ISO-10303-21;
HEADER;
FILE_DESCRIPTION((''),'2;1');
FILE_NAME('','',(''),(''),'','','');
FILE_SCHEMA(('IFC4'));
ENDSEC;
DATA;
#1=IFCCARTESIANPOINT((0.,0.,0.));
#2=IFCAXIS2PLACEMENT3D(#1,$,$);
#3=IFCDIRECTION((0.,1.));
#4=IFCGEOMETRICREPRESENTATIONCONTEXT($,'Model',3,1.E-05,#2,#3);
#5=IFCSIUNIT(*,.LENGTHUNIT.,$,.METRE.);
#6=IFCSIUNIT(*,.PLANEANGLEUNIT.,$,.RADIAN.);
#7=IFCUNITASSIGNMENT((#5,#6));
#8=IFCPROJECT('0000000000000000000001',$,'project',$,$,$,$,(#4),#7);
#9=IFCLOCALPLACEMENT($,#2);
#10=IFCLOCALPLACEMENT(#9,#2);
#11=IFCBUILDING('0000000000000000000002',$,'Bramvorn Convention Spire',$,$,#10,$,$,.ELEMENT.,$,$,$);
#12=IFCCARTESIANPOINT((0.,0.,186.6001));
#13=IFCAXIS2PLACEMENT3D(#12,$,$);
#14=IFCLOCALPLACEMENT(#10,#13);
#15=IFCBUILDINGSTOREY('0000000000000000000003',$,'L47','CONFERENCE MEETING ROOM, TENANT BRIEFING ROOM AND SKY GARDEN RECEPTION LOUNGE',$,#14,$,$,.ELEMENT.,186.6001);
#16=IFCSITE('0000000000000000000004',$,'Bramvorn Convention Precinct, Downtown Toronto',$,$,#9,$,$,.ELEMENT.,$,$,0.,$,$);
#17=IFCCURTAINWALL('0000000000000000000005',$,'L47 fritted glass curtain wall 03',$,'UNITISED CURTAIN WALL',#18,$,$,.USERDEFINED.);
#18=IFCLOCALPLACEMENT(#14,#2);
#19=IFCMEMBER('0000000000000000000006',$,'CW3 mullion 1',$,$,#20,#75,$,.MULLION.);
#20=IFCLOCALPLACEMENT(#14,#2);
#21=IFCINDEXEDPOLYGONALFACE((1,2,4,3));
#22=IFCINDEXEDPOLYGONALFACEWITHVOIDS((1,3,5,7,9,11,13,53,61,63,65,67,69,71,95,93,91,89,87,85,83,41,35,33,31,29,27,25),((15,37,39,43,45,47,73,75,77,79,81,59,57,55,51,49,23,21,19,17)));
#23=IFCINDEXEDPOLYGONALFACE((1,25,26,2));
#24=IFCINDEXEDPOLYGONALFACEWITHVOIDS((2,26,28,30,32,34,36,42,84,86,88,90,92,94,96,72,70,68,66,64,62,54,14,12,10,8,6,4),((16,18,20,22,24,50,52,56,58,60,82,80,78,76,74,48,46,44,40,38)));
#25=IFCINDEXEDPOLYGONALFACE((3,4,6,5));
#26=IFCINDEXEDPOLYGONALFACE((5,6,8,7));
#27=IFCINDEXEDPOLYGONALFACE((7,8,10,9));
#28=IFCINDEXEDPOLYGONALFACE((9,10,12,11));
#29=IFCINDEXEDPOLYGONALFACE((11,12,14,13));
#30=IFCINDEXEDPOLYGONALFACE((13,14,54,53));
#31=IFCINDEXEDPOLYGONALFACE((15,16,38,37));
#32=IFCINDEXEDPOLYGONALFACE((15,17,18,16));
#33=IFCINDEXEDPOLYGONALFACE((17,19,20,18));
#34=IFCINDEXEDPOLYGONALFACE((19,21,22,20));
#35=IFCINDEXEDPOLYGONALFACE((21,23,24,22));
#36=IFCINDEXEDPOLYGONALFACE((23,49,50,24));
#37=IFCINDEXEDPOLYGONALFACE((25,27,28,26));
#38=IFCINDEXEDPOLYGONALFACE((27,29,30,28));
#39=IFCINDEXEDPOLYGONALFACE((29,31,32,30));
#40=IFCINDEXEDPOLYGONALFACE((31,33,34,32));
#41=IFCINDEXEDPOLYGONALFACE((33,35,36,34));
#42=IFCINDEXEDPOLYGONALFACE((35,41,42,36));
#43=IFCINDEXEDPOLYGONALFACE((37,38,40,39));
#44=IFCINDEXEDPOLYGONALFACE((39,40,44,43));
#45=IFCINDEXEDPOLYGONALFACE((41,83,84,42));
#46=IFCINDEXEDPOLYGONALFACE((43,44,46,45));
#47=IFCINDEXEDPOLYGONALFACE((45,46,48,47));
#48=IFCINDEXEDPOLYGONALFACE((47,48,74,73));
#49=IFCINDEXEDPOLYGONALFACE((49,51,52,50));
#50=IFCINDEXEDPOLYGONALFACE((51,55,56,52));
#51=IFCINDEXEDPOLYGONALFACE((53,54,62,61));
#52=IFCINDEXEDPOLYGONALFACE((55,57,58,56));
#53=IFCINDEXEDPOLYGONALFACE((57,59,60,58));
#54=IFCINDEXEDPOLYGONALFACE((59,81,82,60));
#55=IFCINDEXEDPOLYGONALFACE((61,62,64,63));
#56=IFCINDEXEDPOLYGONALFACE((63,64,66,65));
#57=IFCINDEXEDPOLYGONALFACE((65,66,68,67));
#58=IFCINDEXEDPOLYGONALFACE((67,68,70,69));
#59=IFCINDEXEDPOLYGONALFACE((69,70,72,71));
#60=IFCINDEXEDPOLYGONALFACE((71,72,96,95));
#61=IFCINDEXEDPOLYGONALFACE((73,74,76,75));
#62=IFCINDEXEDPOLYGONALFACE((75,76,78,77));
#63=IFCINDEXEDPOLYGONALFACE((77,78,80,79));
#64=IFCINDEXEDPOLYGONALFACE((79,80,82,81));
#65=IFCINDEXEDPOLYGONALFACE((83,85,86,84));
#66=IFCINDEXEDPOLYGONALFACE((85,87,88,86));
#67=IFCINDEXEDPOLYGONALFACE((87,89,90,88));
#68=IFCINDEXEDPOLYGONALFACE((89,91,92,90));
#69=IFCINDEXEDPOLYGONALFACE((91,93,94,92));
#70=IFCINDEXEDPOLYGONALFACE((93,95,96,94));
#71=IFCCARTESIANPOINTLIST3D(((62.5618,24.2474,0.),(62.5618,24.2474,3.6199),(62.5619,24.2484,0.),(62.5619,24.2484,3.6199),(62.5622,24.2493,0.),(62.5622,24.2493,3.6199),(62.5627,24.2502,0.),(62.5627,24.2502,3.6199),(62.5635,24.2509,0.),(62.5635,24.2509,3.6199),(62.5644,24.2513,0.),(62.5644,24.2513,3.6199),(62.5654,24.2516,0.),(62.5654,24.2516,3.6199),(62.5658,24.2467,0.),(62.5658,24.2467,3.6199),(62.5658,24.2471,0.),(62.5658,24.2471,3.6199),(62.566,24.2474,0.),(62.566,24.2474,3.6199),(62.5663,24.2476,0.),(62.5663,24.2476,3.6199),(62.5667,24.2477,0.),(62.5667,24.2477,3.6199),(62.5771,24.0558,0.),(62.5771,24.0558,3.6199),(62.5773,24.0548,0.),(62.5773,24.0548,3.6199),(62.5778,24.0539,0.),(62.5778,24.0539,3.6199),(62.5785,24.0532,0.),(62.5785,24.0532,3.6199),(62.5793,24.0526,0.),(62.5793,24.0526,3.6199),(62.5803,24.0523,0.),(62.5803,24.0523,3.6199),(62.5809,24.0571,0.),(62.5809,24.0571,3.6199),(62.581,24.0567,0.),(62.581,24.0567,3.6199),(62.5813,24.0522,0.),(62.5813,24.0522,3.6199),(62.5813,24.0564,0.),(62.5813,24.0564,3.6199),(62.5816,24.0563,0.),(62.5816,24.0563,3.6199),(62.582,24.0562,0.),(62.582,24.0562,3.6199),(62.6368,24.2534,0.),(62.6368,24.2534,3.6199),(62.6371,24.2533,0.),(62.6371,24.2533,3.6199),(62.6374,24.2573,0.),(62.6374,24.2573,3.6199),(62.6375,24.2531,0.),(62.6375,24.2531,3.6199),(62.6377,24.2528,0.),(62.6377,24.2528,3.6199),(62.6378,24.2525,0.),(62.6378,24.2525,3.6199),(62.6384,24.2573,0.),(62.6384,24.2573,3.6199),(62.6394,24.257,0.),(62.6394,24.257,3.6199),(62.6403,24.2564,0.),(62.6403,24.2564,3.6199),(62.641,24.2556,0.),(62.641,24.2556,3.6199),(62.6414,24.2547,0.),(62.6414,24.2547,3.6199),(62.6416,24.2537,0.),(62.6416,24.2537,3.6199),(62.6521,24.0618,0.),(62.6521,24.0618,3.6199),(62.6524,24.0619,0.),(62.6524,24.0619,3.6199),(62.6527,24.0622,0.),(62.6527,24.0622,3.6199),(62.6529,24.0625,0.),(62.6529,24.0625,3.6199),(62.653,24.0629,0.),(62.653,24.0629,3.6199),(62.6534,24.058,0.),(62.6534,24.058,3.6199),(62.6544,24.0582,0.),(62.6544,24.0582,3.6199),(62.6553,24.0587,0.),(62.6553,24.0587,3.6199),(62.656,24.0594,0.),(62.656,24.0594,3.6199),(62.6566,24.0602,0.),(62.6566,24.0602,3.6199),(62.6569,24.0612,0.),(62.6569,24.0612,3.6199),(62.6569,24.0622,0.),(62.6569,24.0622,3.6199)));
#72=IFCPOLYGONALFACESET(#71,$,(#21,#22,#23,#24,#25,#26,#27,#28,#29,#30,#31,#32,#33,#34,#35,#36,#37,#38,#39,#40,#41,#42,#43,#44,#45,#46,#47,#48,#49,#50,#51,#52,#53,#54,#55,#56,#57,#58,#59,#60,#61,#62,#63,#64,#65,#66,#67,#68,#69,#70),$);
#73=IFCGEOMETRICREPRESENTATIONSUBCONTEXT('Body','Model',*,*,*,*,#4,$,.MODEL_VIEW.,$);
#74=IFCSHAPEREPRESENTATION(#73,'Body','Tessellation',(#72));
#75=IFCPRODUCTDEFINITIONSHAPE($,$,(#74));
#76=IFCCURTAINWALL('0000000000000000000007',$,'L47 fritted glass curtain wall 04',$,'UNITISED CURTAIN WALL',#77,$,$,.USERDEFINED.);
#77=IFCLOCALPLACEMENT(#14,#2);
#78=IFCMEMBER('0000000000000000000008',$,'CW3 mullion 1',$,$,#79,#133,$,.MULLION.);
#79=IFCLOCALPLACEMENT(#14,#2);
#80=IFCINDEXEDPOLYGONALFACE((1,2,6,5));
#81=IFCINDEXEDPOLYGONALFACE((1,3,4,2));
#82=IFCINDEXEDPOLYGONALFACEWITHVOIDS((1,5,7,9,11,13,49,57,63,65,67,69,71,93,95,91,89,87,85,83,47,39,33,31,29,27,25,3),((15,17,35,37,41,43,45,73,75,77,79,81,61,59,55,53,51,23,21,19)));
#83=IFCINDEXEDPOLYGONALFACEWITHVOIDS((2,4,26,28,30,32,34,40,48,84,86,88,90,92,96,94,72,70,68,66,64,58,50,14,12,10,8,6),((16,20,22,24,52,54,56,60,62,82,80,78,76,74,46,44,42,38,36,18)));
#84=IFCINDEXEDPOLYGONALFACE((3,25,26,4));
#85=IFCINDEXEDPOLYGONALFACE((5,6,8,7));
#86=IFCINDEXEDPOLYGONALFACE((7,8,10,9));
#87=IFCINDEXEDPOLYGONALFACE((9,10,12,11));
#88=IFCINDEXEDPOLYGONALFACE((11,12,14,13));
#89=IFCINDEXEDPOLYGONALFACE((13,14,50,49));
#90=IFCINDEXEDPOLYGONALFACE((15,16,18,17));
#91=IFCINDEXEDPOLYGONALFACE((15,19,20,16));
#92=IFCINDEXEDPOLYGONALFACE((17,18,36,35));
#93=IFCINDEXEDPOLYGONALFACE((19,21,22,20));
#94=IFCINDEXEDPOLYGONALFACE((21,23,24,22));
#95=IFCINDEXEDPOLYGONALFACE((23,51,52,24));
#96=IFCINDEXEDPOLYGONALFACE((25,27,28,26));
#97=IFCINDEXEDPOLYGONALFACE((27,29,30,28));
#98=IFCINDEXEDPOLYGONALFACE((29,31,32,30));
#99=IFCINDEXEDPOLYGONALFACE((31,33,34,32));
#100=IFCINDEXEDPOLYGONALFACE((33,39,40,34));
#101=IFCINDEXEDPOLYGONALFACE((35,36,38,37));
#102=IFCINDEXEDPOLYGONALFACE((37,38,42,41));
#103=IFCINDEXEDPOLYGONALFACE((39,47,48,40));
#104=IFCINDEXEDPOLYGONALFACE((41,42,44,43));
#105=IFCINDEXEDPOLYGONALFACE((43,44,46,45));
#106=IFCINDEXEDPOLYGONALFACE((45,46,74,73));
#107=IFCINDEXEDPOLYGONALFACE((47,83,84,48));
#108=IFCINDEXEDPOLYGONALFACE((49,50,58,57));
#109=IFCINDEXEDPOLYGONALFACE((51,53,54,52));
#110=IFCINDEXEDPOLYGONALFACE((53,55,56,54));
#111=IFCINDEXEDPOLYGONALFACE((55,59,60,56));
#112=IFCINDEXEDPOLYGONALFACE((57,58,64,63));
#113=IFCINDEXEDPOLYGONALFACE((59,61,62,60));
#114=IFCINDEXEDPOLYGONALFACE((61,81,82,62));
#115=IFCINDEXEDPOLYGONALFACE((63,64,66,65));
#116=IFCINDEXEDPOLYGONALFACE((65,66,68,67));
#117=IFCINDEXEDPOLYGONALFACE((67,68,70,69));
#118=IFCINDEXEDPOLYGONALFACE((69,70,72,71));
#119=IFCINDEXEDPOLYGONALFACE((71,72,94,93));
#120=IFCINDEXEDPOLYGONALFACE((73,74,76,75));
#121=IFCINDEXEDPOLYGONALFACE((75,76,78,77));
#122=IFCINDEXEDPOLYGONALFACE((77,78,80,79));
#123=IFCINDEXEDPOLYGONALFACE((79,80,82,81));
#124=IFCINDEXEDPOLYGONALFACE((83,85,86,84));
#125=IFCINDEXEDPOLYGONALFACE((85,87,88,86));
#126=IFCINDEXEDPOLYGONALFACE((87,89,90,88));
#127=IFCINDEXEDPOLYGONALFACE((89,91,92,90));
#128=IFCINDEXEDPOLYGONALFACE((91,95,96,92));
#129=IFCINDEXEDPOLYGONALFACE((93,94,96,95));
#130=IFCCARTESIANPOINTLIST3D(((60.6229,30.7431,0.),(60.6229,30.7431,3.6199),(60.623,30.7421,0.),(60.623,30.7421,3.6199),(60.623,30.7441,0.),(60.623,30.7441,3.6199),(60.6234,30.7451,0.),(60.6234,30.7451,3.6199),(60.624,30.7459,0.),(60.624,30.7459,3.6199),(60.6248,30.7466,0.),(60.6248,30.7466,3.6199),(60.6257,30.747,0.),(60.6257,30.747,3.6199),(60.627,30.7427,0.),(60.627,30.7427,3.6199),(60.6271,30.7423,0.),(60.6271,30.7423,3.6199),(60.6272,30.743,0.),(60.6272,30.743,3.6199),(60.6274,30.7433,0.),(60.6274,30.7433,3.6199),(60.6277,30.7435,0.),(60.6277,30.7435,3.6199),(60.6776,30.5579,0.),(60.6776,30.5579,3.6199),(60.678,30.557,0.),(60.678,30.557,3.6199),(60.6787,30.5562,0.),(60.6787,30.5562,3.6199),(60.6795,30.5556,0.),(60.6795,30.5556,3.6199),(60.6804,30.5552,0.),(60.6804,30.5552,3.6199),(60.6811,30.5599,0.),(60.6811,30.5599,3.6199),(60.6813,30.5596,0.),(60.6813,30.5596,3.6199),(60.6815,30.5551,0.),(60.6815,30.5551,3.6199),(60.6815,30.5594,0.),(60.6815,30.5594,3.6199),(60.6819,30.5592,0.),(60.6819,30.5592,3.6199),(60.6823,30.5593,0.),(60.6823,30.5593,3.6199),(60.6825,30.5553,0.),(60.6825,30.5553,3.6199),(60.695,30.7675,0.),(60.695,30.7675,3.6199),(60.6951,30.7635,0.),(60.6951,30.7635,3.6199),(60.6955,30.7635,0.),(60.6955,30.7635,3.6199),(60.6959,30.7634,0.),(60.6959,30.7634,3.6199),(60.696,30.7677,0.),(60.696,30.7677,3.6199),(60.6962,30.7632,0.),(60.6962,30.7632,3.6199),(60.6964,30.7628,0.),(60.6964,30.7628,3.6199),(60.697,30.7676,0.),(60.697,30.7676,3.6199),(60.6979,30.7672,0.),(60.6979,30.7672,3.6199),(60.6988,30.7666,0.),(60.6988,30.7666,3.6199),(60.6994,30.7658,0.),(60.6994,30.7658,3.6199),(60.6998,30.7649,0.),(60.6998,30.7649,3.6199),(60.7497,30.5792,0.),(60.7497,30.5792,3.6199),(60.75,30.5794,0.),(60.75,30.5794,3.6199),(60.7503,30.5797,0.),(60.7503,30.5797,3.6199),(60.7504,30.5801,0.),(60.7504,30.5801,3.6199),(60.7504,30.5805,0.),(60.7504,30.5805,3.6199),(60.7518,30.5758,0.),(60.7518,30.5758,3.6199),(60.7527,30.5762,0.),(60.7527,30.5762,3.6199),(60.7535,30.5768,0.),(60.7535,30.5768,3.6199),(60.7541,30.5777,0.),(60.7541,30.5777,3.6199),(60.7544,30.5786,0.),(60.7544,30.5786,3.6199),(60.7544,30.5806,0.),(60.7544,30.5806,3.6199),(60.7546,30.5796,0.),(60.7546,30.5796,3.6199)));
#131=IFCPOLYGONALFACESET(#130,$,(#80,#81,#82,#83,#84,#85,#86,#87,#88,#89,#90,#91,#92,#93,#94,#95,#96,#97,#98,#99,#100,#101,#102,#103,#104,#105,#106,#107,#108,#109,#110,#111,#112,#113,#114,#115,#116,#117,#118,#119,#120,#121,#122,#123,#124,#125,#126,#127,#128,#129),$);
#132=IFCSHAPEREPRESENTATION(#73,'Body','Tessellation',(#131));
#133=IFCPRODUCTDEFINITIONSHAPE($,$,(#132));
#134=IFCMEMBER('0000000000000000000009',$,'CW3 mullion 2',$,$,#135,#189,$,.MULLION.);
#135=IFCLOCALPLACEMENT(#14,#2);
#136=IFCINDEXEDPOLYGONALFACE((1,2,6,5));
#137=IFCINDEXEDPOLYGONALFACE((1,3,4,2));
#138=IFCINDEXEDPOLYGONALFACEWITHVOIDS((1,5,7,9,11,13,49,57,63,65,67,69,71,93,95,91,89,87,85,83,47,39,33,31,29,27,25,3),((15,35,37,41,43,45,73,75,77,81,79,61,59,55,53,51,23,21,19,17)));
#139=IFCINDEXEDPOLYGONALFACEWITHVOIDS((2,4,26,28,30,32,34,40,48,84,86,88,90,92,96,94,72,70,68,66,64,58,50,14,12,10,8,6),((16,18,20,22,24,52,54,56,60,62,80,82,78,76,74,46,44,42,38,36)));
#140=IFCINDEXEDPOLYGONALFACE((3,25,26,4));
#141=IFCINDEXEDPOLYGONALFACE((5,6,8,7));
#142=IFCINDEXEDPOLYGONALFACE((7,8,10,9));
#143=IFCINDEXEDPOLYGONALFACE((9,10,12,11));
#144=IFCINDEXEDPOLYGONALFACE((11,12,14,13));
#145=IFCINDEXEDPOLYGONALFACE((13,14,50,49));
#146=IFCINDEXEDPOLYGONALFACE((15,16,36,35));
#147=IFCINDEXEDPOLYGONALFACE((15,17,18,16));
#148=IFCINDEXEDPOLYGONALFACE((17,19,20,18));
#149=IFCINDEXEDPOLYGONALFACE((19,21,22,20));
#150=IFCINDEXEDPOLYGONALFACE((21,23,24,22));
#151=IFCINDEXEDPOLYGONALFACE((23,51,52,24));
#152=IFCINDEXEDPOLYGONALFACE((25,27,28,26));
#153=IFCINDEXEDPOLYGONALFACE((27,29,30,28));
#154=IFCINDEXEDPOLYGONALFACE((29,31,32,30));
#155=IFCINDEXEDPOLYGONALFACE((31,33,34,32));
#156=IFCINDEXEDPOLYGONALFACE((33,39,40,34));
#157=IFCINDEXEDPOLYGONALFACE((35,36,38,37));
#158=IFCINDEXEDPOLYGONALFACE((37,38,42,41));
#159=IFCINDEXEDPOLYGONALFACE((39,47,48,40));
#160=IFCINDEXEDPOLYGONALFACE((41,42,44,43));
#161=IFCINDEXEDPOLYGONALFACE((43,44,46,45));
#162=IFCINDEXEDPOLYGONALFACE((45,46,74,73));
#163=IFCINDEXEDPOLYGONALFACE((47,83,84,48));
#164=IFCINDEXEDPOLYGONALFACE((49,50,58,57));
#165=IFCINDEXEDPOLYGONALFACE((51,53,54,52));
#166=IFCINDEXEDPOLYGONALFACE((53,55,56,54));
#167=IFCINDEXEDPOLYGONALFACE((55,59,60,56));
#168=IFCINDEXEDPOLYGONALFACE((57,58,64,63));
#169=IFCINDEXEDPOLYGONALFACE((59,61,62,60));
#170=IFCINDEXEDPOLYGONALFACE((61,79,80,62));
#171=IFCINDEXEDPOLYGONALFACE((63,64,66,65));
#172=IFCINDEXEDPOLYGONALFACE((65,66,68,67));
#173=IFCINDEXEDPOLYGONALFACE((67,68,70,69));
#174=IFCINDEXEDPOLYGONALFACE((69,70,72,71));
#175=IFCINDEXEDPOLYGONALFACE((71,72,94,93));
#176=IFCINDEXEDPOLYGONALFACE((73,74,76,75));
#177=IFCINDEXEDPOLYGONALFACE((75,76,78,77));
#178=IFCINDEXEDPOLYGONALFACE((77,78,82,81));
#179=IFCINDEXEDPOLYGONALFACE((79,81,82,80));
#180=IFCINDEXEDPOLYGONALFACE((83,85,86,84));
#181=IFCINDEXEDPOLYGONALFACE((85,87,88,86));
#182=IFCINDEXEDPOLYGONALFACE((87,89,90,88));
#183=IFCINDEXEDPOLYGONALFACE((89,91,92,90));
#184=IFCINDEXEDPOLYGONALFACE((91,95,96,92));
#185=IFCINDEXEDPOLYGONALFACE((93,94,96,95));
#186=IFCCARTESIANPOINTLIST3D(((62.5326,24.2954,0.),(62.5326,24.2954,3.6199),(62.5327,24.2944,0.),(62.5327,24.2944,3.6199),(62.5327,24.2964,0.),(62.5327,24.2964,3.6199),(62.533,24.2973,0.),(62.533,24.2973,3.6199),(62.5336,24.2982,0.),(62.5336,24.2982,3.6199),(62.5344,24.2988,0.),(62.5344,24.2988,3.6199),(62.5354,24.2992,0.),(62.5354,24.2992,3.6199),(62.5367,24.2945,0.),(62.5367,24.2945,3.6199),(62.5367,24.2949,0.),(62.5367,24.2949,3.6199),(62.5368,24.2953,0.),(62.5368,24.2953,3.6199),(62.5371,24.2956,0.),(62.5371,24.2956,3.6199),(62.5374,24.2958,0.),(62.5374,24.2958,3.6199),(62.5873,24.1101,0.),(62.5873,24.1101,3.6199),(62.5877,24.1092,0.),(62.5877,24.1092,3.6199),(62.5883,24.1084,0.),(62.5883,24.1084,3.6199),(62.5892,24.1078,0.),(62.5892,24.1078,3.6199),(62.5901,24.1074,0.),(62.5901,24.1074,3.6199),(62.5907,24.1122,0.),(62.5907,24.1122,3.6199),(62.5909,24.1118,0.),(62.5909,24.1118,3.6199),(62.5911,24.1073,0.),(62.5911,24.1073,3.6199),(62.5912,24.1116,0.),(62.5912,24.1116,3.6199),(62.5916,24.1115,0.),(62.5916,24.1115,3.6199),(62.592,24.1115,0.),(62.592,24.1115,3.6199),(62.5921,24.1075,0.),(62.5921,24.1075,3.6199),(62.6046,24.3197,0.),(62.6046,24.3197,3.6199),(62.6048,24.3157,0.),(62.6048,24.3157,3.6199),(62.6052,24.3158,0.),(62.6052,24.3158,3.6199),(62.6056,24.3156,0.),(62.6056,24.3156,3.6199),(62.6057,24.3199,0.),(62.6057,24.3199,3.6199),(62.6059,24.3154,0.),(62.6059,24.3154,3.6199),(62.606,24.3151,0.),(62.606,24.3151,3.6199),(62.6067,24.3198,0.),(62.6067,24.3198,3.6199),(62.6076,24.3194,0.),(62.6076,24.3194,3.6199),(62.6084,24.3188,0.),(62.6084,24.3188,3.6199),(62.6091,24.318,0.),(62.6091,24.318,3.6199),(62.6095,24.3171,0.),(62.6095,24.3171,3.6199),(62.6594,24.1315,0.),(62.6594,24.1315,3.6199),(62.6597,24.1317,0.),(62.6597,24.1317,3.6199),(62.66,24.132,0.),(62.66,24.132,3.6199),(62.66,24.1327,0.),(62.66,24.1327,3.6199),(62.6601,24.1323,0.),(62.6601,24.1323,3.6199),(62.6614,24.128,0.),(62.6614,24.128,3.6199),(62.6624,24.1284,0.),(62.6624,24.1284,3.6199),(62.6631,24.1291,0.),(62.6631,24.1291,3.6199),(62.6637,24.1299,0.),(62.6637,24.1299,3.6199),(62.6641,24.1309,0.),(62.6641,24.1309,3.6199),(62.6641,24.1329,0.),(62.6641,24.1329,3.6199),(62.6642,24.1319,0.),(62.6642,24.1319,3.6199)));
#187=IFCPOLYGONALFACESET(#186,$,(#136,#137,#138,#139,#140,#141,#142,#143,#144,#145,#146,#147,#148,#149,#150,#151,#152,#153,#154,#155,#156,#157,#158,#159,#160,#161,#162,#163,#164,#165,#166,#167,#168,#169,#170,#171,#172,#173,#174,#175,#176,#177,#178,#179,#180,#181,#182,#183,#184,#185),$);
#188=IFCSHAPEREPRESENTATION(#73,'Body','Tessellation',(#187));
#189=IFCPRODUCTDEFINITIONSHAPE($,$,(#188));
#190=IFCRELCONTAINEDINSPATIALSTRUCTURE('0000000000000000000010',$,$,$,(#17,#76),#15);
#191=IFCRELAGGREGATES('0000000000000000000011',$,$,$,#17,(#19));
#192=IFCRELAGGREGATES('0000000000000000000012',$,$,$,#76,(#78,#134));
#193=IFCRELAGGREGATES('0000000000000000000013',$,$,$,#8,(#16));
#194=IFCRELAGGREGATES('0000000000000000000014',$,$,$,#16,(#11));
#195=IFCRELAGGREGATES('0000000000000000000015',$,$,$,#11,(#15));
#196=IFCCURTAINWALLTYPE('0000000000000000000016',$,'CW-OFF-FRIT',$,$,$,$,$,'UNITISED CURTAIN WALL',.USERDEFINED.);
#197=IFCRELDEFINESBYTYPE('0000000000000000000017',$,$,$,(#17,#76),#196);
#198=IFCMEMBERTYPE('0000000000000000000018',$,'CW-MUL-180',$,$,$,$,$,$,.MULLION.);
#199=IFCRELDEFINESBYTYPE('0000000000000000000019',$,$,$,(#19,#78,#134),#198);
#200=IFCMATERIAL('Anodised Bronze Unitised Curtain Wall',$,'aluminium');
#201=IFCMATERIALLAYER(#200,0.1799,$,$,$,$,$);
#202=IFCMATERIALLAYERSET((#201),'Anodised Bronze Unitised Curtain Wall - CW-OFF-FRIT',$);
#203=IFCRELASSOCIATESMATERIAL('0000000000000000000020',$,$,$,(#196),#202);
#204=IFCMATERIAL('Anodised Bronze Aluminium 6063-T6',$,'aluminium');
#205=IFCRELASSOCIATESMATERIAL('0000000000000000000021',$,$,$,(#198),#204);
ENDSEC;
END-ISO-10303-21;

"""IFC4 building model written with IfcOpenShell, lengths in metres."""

from ifc_helpers import new_model, si_unit, direction, frame, origin, origin_2d, place, context, subcontext, project, spatial, hollow_rectangle, extrude, material, layer, layer_set, material_profile, profile_set, type_object, element, aggregate, save


model = new_model("IFC4")

# Units and contexts
model_context = context("Model", 3, precision=1e-05, world=origin(), true_north=direction((0.0, 1.0)))
body_context = subcontext(model_context, "Body", "Model", "MODEL_VIEW")
ifc_project = project(units=[si_unit("LENGTHUNIT", "METRE"), si_unit("PLANEANGLEUNIT", "RADIAN")], contexts=[model_context])

# Site, building, storey
site_placement = place(None, origin())
site = spatial("IfcSite", under=ifc_project, at=site_placement, Name="Bramvorn Convention Precinct, Downtown Toronto", CompositionType="ELEMENT", RefElevation=0.0)
building_placement = place(site_placement, origin())
building = spatial("IfcBuilding", under=site, at=building_placement, Name="Bramvorn Convention Spire", CompositionType="ELEMENT")
storey_placement = place(building_placement, frame((0.0, 0.0, 186.6001)))
storey = spatial("IfcBuildingStorey", under=building, at=storey_placement, Name="L47", Description="CONFERENCE MEETING ROOM, TENANT BRIEFING ROOM AND SKY GARDEN RECEPTION LOUNGE", CompositionType="ELEMENT", Elevation=186.6001)

# Curtain wall, member
ifc_material_1 = material(Name="Anodised Bronze Unitised Curtain Wall", Category="aluminium")
ifc_layer_1 = layer(ifc_material_1, 0.1799)
ifc_layer_set_1 = layer_set([ifc_layer_1], Name="Anodised Bronze Unitised Curtain Wall - CW-OFF-FRIT")
curtain_wall_type = type_object("IfcCurtainWallType", Name="CW-OFF-FRIT", ElementType="UNITISED CURTAIN WALL", PredefinedType="USERDEFINED", material=ifc_layer_set_1)
curtain_wall_1_placement = place(storey_placement, origin())
curtain_wall_1 = element("IfcCurtainWall", 1, at=curtain_wall_1_placement, inside=storey, type_object=curtain_wall_type, Name="L47 fritted glass curtain wall 03", ObjectType="UNITISED CURTAIN WALL", PredefinedType="USERDEFINED")
ifc_material_2 = material(Name="Anodised Bronze Aluminium 6063-T6", Category="aluminium")
ifc_material_profile_1 = material_profile(ifc_material_2, hollow_rectangle(XDim=0.0801, YDim=0.2, WallThickness=0.0039, InnerFilletRadius=0.001, OuterFilletRadius=0.0039, at=origin_2d()))
ifc_profile_set_1 = profile_set([ifc_material_profile_1], Name="Anodised Bronze Aluminium 6063-T6 - CWM80X200")
member_type_1 = type_object("IfcMemberType", Name="CW-MUL-180", PredefinedType="MULLION", material=ifc_profile_set_1)
member_1_placement = place(storey_placement, frame((62.6094, 24.1548, 0.0), z_axis=(0.0, 0.0, 1.0), x_axis=(0.996819, 0.079694, 0.0)))
member_1 = element("IfcMember", 2, at=member_1_placement, type_object=member_type_1, Name="CW3 mullion 1", PredefinedType="MULLION", context=body_context, shape_type="SweptSolid", body=[
    extrude(hollow_rectangle(XDim=0.0801, YDim=0.2, WallThickness=0.0039, InnerFilletRadius=0.001, OuterFilletRadius=0.0039, at=origin_2d()), origin(), (0.0, 0.0, 1.0), 3.6199),
])

# Curtain wall, members
curtain_wall_2_placement = place(storey_placement, origin())
curtain_wall_2 = element("IfcCurtainWall", 3, at=curtain_wall_2_placement, inside=storey, type_object=curtain_wall_type, Name="L47 fritted glass curtain wall 04", ObjectType="UNITISED CURTAIN WALL", PredefinedType="USERDEFINED")
member_2_placement = place(storey_placement, frame((60.6887, 30.6614, 0.0), z_axis=(0.0, 0.0, 1.0), x_axis=(0.958834, 0.283967, 0.0)))
member_2 = element("IfcMember", 4, at=member_2_placement, type_object=member_type_1, Name="CW3 mullion 1", PredefinedType="MULLION", context=body_context, shape_type="SweptSolid", body=[
    extrude(hollow_rectangle(XDim=0.0801, YDim=0.2, WallThickness=0.0039, InnerFilletRadius=0.001, OuterFilletRadius=0.0039, at=origin_2d()), origin(), (0.0, 0.0, 1.0), 3.6199),
])
member_3_placement = place(storey_placement, frame((62.5984, 24.2136, 0.0), z_axis=(0.0, 0.0, 1.0), x_axis=(0.958834, 0.283967, 0.0)))
member_3 = element("IfcMember", 5, at=member_3_placement, type_object=member_type_1, Name="CW3 mullion 2", PredefinedType="MULLION", context=body_context, shape_type="SweptSolid", body=[
    extrude(hollow_rectangle(XDim=0.0801, YDim=0.2, WallThickness=0.0039, InnerFilletRadius=0.001, OuterFilletRadius=0.0039, at=origin_2d()), origin(), (0.0, 0.0, 1.0), 3.6199),
])

aggregate(curtain_wall_1, [member_1])

aggregate(curtain_wall_2, [member_2, member_3])

save(model, "model.ifc")
